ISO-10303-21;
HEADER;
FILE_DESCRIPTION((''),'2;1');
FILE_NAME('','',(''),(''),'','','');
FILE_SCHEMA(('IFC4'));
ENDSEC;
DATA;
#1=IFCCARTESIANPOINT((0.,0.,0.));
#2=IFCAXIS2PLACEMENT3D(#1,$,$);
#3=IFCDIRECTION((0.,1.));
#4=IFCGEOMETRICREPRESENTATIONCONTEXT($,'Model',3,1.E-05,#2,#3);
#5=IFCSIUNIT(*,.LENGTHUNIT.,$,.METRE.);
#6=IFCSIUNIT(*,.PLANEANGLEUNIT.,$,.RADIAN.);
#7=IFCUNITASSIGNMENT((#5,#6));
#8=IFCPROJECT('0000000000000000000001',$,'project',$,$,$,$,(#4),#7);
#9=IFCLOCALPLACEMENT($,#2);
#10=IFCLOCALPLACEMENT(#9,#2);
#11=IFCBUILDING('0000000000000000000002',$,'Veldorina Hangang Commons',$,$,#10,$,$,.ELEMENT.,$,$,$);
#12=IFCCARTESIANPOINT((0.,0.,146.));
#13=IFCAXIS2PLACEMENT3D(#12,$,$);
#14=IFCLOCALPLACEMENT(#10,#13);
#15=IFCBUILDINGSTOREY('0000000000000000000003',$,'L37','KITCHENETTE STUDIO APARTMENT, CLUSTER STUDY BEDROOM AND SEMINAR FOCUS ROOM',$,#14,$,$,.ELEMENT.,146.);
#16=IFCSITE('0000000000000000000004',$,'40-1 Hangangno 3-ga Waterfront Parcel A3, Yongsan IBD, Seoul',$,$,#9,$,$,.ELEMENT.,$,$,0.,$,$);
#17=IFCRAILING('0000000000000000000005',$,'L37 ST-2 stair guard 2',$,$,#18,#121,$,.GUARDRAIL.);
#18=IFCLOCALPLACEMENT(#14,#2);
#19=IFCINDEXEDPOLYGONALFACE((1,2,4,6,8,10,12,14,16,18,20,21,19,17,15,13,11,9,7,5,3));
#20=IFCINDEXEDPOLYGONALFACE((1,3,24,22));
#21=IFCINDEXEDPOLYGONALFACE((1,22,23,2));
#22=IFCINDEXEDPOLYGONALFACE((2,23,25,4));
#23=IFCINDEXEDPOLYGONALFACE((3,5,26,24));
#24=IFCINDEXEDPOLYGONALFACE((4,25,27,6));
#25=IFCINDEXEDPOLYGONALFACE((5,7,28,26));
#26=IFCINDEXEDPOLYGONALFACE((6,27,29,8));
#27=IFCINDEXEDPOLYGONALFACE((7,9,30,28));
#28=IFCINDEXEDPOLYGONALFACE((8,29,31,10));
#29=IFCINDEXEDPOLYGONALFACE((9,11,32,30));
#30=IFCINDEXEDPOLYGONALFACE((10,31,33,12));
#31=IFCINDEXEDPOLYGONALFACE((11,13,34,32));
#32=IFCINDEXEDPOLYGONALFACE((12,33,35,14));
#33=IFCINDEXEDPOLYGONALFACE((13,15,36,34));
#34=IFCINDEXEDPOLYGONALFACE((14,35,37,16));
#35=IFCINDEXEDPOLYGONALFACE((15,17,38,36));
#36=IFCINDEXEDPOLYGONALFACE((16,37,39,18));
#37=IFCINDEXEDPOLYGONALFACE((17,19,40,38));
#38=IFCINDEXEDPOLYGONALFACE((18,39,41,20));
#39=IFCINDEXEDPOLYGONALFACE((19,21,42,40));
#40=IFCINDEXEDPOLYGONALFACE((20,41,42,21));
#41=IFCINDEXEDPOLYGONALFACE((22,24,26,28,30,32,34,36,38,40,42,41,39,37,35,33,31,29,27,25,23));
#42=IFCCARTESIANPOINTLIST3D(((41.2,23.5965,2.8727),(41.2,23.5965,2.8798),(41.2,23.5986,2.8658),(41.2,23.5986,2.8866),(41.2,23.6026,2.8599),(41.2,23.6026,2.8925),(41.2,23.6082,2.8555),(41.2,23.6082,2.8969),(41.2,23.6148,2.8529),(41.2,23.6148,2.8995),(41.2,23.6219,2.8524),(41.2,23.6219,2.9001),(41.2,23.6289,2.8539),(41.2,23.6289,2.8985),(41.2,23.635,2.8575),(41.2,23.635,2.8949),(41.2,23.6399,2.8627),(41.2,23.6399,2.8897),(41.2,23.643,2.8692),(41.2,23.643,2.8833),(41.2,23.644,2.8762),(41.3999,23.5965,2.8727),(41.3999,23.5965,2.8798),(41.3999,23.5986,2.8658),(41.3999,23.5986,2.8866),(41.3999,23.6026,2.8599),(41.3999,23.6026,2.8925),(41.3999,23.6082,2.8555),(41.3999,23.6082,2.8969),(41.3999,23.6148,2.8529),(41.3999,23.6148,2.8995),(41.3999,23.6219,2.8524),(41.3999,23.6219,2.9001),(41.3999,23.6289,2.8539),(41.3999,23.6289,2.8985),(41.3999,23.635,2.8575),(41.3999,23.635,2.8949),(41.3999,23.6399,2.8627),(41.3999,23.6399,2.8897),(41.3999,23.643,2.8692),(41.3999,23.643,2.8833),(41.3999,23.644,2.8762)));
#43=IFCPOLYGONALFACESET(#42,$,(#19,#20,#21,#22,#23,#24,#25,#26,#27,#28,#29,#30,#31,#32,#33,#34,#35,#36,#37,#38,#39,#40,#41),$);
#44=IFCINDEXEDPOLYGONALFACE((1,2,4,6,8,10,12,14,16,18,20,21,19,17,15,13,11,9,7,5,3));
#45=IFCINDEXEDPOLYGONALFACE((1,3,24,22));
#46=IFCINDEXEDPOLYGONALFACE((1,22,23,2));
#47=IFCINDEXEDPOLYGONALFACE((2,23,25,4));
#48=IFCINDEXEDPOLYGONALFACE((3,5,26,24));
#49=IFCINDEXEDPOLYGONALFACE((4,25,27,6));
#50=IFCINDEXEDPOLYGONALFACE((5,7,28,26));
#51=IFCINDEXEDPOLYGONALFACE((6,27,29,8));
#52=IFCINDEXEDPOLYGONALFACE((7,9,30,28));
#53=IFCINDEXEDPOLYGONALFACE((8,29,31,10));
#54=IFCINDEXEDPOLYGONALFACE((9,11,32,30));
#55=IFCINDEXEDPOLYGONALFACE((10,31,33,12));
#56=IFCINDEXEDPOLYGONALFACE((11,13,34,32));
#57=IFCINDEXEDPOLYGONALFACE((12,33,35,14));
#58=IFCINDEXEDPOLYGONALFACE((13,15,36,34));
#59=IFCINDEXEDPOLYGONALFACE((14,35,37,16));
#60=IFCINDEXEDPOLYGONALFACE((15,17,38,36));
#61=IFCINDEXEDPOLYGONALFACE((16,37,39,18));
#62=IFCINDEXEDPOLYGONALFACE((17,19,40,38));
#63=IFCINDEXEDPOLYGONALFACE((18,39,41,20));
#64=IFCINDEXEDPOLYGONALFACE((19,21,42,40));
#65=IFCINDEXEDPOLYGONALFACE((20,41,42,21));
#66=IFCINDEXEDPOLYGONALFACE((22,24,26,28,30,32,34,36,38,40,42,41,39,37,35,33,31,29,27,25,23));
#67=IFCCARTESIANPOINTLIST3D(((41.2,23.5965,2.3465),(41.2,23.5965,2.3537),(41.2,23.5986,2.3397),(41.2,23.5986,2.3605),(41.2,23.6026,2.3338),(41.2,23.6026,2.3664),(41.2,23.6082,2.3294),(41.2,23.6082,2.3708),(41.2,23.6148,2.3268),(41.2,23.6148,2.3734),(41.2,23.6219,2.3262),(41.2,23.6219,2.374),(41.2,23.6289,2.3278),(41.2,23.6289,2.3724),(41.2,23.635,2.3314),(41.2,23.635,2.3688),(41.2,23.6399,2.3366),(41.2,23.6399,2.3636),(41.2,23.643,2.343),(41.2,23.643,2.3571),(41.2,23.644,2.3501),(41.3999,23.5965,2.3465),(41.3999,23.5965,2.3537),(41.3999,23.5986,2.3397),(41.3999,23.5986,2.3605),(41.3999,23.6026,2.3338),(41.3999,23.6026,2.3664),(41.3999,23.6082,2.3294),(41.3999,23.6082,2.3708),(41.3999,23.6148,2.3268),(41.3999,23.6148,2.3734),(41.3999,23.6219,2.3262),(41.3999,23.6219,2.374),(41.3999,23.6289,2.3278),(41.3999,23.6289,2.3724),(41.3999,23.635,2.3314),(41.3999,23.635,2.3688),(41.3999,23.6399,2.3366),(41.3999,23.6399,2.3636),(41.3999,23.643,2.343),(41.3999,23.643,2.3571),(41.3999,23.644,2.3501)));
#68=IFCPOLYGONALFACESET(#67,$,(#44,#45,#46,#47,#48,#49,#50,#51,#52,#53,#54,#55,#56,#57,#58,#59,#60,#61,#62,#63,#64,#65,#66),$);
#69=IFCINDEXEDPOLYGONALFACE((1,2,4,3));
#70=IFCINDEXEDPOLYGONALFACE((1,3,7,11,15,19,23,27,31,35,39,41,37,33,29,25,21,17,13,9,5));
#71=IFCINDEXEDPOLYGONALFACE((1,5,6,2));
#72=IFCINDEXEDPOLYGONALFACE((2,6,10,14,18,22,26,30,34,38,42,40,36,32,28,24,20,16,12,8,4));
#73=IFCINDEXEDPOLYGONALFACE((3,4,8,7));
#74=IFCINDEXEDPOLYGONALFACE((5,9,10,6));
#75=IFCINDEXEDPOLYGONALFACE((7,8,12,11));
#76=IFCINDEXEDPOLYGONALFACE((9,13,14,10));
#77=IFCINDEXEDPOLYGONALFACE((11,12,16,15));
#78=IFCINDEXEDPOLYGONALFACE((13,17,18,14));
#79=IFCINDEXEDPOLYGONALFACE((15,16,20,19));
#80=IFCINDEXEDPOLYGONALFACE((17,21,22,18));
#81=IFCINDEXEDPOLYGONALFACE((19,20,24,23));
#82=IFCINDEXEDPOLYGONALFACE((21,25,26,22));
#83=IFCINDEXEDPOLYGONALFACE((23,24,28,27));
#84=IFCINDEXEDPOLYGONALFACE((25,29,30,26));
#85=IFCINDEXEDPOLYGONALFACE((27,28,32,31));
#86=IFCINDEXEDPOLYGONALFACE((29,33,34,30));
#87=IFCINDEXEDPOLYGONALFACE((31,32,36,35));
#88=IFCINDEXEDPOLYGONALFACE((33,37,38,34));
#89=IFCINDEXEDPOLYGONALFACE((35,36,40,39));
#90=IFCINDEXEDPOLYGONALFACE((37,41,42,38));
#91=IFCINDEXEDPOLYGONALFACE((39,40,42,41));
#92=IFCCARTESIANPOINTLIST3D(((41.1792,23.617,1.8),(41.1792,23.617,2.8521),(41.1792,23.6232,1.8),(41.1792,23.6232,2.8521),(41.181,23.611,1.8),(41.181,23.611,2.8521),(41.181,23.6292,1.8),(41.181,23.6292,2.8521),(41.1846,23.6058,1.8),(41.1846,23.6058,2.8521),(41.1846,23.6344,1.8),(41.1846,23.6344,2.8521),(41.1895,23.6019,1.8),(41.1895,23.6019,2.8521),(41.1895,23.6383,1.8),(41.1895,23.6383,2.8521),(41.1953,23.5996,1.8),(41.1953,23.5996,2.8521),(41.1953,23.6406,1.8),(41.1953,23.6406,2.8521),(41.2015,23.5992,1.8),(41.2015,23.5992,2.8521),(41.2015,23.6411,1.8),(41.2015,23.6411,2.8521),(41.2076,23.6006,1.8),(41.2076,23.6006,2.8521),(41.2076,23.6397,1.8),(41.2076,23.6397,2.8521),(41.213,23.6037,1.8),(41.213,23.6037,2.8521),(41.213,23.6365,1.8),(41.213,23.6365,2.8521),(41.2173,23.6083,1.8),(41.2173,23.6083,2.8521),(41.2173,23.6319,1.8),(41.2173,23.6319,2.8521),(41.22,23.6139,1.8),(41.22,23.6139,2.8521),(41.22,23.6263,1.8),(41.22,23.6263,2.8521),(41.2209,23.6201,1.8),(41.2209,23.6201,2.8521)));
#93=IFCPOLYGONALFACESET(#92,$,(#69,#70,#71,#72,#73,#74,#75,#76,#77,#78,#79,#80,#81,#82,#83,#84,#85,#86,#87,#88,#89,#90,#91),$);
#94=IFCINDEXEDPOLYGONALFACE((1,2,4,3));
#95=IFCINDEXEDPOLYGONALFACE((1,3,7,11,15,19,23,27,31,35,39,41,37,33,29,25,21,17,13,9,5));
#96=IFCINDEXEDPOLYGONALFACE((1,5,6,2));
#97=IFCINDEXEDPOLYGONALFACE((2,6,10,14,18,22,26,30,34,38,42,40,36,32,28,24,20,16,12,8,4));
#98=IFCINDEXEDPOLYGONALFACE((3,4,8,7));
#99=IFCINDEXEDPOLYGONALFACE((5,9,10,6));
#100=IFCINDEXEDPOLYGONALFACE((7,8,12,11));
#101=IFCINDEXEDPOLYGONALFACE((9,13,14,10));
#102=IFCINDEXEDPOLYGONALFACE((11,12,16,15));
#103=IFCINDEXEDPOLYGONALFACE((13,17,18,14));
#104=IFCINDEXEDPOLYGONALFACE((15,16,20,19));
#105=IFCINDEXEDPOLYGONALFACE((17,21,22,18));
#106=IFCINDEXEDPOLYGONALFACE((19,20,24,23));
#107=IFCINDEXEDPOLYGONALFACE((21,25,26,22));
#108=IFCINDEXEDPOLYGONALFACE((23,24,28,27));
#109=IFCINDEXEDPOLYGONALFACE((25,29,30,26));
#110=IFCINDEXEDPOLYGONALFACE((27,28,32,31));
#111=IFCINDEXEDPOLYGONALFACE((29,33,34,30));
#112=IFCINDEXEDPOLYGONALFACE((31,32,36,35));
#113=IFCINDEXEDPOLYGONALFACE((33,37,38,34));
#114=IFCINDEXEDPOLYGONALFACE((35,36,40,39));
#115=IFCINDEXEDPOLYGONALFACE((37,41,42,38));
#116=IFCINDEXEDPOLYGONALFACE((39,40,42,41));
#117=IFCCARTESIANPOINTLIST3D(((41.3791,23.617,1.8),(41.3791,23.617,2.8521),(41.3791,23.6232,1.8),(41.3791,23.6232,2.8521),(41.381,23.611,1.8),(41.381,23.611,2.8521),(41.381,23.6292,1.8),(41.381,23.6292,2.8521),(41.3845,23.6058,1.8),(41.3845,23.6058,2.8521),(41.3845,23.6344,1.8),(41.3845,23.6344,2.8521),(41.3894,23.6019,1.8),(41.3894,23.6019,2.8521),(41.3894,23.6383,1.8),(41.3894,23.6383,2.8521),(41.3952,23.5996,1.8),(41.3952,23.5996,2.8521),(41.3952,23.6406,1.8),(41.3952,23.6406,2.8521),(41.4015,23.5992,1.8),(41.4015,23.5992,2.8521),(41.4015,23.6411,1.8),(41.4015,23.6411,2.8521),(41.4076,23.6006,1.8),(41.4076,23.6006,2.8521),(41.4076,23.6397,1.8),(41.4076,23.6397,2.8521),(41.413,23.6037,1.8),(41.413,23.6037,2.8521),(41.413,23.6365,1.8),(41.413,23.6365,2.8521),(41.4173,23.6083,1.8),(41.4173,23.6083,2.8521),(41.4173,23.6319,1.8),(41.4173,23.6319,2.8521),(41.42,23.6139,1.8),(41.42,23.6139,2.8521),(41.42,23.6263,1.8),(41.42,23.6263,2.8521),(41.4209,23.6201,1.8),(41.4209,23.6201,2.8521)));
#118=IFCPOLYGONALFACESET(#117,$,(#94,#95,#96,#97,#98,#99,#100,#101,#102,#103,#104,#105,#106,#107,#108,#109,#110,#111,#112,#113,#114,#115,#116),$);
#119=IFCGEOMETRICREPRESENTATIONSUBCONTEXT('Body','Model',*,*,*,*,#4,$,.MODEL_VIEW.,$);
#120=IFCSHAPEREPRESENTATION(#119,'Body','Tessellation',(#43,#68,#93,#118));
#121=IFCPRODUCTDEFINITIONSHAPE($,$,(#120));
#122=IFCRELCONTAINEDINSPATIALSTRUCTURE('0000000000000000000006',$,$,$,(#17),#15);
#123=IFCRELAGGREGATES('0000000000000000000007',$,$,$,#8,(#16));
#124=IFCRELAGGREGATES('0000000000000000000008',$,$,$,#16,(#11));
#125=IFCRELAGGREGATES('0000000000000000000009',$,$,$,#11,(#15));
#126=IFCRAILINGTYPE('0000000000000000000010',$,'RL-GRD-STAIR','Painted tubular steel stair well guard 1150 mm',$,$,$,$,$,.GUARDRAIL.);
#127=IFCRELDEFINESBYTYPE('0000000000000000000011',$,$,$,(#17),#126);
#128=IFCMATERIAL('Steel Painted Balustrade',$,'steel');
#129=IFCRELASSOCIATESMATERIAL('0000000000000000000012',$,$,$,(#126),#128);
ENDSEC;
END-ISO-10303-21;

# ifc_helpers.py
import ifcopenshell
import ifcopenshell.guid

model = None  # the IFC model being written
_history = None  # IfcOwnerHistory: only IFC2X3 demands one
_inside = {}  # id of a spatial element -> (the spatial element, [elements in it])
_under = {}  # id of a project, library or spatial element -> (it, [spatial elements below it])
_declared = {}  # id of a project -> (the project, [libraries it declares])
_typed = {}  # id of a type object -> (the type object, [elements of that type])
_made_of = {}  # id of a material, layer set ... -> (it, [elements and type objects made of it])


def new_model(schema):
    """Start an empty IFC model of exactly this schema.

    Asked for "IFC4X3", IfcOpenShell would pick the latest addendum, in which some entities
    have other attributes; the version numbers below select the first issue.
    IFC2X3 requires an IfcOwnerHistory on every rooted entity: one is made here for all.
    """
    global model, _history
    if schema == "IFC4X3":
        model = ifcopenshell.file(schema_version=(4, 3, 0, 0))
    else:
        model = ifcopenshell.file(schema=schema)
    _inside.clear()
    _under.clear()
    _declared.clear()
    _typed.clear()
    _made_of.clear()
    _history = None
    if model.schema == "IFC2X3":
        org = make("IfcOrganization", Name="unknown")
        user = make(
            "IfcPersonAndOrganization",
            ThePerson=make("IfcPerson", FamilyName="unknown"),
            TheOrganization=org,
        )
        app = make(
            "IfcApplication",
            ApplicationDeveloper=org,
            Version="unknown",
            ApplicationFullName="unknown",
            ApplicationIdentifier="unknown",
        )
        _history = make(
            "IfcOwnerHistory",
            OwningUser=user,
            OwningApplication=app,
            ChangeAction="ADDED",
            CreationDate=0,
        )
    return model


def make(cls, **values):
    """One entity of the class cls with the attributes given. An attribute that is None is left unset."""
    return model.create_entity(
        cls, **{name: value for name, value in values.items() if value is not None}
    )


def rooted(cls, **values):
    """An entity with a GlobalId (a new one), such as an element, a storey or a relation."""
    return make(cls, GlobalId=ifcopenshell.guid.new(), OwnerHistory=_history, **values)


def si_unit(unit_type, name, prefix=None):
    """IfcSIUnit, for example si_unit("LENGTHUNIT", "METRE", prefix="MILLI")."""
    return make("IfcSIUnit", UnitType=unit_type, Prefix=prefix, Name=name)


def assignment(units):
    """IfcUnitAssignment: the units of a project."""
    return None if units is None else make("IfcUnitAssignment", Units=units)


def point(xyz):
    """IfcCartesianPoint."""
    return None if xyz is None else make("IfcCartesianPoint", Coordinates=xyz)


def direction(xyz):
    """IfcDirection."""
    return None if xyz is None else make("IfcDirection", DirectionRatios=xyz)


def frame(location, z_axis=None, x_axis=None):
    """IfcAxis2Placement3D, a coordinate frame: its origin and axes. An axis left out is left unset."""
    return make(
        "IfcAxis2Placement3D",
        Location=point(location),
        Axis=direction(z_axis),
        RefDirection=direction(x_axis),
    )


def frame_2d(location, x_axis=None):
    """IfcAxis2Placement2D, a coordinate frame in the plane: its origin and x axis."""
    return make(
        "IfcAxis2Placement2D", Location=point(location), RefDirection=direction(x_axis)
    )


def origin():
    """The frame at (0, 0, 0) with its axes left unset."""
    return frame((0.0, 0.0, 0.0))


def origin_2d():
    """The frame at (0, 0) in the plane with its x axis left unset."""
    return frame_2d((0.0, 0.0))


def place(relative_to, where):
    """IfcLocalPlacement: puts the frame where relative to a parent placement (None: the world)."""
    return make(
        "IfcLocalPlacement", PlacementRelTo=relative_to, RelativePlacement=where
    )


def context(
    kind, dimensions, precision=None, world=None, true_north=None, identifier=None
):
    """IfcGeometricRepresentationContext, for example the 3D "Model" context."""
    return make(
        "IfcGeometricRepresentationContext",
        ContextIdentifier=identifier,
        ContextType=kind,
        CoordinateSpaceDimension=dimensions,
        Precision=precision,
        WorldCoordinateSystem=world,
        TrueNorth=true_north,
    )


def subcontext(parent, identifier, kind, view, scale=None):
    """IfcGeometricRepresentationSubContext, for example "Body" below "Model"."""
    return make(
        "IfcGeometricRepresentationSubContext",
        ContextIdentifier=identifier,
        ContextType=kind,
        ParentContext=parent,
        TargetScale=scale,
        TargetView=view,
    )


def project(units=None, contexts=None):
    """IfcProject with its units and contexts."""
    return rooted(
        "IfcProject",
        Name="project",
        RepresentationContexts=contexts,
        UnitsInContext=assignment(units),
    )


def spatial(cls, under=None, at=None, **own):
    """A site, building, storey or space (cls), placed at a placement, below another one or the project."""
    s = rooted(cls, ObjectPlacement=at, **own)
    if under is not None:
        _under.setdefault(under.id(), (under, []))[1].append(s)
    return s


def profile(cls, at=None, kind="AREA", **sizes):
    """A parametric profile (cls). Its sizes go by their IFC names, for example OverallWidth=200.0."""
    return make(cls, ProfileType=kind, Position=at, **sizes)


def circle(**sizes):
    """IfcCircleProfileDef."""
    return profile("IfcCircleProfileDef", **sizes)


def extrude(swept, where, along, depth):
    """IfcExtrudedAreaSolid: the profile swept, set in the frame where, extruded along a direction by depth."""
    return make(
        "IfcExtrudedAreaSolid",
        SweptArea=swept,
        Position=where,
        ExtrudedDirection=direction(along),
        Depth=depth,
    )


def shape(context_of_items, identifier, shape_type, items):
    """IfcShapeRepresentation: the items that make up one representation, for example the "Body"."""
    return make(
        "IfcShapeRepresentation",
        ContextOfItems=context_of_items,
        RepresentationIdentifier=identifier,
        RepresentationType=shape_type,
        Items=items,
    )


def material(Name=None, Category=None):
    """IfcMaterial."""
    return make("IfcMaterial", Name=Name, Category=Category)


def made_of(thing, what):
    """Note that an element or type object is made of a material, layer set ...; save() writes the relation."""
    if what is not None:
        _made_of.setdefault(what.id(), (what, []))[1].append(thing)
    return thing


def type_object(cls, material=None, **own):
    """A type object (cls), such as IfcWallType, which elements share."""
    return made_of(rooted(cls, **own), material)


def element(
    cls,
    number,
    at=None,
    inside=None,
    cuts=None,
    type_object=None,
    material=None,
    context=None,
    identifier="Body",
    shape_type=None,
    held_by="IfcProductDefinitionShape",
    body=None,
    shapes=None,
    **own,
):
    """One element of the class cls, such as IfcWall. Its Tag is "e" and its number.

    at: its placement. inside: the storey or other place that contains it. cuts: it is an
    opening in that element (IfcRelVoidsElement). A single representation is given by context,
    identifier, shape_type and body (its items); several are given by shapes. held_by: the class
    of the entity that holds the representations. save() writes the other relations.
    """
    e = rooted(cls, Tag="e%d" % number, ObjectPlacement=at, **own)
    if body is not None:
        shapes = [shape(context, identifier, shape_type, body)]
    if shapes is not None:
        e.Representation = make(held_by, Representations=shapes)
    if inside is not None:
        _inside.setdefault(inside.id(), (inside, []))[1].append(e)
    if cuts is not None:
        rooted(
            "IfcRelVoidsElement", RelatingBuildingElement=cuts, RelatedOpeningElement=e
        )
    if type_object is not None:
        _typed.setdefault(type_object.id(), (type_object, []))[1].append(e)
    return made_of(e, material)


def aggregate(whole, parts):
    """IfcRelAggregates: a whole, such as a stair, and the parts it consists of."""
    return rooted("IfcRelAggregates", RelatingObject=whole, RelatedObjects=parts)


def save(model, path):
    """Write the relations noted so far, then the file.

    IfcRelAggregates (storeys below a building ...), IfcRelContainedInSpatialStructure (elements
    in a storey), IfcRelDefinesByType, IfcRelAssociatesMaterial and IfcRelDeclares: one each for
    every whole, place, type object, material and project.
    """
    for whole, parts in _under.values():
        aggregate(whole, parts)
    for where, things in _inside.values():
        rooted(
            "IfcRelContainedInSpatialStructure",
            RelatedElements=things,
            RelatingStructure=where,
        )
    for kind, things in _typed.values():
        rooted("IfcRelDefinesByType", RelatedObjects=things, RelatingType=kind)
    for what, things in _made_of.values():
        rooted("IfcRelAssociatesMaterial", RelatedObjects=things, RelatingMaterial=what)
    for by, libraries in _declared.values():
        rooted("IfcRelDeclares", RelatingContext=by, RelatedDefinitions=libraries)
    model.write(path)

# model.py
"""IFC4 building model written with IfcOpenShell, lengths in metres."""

from ifc_helpers import new_model, si_unit, direction, frame, origin, origin_2d, place, context, subcontext, project, spatial, circle, extrude, material, type_object, element, save


model = new_model("IFC4")

# Units and contexts
model_context = context("Model", 3, precision=1e-05, world=origin(), true_north=direction((0.0, 1.0)))
body_context = subcontext(model_context, "Body", "Model", "MODEL_VIEW")
ifc_project = project(units=[si_unit("LENGTHUNIT", "METRE"), si_unit("PLANEANGLEUNIT", "RADIAN")], contexts=[model_context])

# Site, building, storey
site_placement = place(None, origin())
site = spatial("IfcSite", under=ifc_project, at=site_placement, Name="40-1 Hangangno 3-ga Waterfront Parcel A3, Yongsan IBD, Seoul", CompositionType="ELEMENT", RefElevation=0.0)
building_placement = place(site_placement, origin())
building = spatial("IfcBuilding", under=site, at=building_placement, Name="Veldorina Hangang Commons", CompositionType="ELEMENT")
storey_placement = place(building_placement, frame((0.0, 0.0, 146.0)))
storey = spatial("IfcBuildingStorey", under=building, at=storey_placement, Name="L37", Description="KITCHENETTE STUDIO APARTMENT, CLUSTER STUDY BEDROOM AND SEMINAR FOCUS ROOM", CompositionType="ELEMENT", Elevation=146.0)

# Railing
ifc_material_1 = material(Name="Steel Painted Balustrade", Category="steel")
railing_type_1 = type_object("IfcRailingType", Name="RL-GRD-STAIR", Description="Painted tubular steel stair well guard 1150 mm", PredefinedType="GUARDRAIL", material=ifc_material_1)
railing_1_placement = place(storey_placement, frame((41.2, 23.6201, 1.8)))
element("IfcRailing", 1, at=railing_1_placement, inside=storey, type_object=railing_type_1, Name="L37 ST-2 stair guard 2", PredefinedType="GUARDRAIL", context=body_context, shape_type="SweptSolid", body=[
    extrude(circle(Radius=0.0239, at=origin_2d()), frame((0.0, 0.0, 1.0762), z_axis=(1.0, 0.0, 0.0), x_axis=(0.0, 1.0, 0.0)), (0.0, 0.0, 1.0), 0.2),
    extrude(circle(Radius=0.0239, at=origin_2d()), frame((0.0, 0.0, 0.55), z_axis=(1.0, 0.0, 0.0), x_axis=(0.0, 1.0, 0.0)), (0.0, 0.0, 1.0), 0.2),
    extrude(circle(Radius=0.021, at=origin_2d()), origin(), (0.0, 0.0, 1.0), 1.052),
    extrude(circle(Radius=0.021, at=origin_2d()), frame((0.2, 0.0, 0.0)), (0.0, 0.0, 1.0), 1.052),
])

save(model, "model.ifc")
